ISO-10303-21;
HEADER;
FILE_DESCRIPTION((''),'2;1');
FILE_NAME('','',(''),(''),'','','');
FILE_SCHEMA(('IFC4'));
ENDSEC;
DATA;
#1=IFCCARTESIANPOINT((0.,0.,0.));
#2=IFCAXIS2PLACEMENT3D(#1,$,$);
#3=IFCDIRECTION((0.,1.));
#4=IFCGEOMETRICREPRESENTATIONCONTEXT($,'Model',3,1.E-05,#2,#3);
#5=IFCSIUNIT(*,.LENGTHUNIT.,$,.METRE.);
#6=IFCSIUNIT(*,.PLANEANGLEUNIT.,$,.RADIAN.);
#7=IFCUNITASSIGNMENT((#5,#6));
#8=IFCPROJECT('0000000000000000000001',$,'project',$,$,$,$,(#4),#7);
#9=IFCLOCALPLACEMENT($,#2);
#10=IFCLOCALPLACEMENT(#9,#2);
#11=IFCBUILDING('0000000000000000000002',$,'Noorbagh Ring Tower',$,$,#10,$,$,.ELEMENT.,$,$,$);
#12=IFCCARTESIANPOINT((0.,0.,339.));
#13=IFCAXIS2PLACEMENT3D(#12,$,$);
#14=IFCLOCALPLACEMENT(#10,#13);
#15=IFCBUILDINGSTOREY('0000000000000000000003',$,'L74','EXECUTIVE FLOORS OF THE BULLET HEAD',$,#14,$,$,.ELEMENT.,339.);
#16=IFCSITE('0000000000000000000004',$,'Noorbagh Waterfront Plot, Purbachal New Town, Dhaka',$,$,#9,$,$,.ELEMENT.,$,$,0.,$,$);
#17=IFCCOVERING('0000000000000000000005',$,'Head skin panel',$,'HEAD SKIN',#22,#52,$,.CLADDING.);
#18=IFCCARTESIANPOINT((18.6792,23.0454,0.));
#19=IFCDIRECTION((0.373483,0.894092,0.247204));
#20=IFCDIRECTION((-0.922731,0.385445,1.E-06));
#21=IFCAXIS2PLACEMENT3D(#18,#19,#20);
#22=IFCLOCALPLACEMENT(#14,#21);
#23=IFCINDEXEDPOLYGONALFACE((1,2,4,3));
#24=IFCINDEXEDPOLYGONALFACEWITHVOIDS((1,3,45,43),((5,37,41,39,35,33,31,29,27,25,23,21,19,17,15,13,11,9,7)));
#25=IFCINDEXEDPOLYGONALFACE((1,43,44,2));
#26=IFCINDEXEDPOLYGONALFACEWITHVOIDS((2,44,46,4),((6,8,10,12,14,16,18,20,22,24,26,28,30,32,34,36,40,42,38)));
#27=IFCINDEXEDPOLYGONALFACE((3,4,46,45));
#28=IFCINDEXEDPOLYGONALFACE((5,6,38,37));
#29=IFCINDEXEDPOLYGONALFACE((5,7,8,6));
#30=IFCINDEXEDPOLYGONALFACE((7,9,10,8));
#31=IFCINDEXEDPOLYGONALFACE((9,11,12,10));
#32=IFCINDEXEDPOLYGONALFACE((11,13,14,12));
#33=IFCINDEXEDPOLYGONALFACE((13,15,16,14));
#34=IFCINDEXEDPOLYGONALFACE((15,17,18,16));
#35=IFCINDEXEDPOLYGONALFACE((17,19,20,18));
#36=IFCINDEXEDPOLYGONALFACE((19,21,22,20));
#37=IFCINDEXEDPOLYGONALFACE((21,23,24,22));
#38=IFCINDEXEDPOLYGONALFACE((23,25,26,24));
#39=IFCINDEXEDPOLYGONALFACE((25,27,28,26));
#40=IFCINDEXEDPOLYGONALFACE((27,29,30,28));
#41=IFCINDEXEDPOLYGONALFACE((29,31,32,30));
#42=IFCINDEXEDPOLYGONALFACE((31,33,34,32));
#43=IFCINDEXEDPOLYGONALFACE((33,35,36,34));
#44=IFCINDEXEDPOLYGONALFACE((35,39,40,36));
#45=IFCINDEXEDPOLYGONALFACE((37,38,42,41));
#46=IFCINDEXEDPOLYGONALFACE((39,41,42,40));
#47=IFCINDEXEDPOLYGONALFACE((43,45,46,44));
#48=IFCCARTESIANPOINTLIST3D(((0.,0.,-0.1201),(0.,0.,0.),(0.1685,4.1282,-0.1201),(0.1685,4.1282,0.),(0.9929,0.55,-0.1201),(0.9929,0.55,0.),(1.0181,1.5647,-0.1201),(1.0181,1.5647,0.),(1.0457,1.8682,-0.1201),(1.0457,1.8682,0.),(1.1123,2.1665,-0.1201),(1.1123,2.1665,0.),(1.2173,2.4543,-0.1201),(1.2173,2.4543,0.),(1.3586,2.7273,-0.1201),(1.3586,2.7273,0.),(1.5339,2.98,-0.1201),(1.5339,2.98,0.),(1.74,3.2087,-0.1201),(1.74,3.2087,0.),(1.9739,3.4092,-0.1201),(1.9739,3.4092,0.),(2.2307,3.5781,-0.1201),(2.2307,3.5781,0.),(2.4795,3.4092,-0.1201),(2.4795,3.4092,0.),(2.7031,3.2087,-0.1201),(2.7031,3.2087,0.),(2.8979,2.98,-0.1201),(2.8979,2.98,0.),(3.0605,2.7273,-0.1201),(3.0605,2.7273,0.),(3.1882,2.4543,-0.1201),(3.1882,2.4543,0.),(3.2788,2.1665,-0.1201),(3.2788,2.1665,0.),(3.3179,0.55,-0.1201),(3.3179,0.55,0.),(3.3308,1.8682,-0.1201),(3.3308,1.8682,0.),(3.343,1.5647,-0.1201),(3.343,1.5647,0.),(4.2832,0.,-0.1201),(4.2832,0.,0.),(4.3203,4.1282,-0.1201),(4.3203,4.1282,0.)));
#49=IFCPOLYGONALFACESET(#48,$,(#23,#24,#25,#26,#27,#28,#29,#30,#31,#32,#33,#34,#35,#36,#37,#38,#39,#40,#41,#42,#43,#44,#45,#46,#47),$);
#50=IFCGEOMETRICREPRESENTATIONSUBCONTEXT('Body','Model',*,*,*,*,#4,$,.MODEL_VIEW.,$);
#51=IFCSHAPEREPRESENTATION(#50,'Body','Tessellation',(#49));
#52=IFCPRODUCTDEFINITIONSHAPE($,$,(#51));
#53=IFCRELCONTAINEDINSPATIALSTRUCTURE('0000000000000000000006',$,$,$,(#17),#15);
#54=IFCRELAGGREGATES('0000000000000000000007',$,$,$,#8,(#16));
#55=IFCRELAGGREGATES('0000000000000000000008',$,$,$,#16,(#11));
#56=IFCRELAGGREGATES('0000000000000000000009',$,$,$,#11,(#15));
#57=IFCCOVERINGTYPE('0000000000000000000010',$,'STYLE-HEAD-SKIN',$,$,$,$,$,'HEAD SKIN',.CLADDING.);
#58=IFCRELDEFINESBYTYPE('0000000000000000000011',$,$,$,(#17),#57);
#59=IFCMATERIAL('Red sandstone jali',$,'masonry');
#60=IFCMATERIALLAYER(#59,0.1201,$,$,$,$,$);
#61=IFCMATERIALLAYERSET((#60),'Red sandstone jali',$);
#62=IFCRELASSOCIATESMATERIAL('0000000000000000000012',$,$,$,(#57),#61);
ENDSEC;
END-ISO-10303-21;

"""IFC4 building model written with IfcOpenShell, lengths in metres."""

from ifc_helpers import new_model, si_unit, direction, frame, origin, place, context, subcontext, project, spatial, polyline, outline, extrude, material, layer, layer_set, type_object, element, save


model = new_model("IFC4")

# Units and contexts
model_context = context("Model", 3, precision=1e-05, world=origin(), true_north=direction((0.0, 1.0)))
body_context = subcontext(model_context, "Body", "Model", "MODEL_VIEW")
ifc_project = project(units=[si_unit("LENGTHUNIT", "METRE"), si_unit("PLANEANGLEUNIT", "RADIAN")], contexts=[model_context])

# Site, building, storey
site_placement = place(None, origin())
site = spatial("IfcSite", under=ifc_project, at=site_placement, Name="Noorbagh Waterfront Plot, Purbachal New Town, Dhaka", CompositionType="ELEMENT", RefElevation=0.0)
building_placement = place(site_placement, origin())
building = spatial("IfcBuilding", under=site, at=building_placement, Name="Noorbagh Ring Tower", CompositionType="ELEMENT")
storey_placement = place(building_placement, frame((0.0, 0.0, 339.0)))
storey = spatial("IfcBuildingStorey", under=building, at=storey_placement, Name="L74", Description="EXECUTIVE FLOORS OF THE BULLET HEAD", CompositionType="ELEMENT", Elevation=339.0)

# Covering
ifc_material_1 = material(Name="Red sandstone jali", Category="masonry")
ifc_layer_1 = layer(ifc_material_1, 0.1201)
ifc_layer_set_1 = layer_set([ifc_layer_1], Name="Red sandstone jali")
covering_type_1 = type_object("IfcCoveringType", Name="STYLE-HEAD-SKIN", ElementType="HEAD SKIN", PredefinedType="CLADDING", material=ifc_layer_set_1)
covering_1_placement = place(storey_placement, frame((18.6792, 23.0454, 0.0), z_axis=(0.373483, 0.894092, 0.247204), x_axis=(-0.922731, 0.385445, 0.000001)))
element("IfcCovering", 1, at=covering_1_placement, inside=storey, type_object=covering_type_1, Name="Head skin panel", ObjectType="HEAD SKIN", PredefinedType="CLADDING", context=body_context, shape_type="SweptSolid", body=[
    extrude(outline(polyline([(0.0, 0.0), (4.2832, 0.0), (4.3203, 4.1282), (0.1685, 4.1282), (0.0, 0.0)]), holes=[polyline([(0.9929, 0.55), (1.0181, 1.5647), (1.0457, 1.8682), (1.1123, 2.1665), (1.2173, 2.4543), (1.3586, 2.7273), (1.5339, 2.98), (1.74, 3.2087), (1.9739, 3.4092), (2.2307, 3.5781), (2.4795, 3.4092), (2.7031, 3.2087), (2.8979, 2.98), (3.0605, 2.7273), (3.1882, 2.4543), (3.2788, 2.1665), (3.3308, 1.8682), (3.343, 1.5647), (3.3179, 0.55), (0.9929, 0.55)])]), origin(), (0.0, 0.0, -1.0), 0.1201),
])

save(model, "model.ifc")
